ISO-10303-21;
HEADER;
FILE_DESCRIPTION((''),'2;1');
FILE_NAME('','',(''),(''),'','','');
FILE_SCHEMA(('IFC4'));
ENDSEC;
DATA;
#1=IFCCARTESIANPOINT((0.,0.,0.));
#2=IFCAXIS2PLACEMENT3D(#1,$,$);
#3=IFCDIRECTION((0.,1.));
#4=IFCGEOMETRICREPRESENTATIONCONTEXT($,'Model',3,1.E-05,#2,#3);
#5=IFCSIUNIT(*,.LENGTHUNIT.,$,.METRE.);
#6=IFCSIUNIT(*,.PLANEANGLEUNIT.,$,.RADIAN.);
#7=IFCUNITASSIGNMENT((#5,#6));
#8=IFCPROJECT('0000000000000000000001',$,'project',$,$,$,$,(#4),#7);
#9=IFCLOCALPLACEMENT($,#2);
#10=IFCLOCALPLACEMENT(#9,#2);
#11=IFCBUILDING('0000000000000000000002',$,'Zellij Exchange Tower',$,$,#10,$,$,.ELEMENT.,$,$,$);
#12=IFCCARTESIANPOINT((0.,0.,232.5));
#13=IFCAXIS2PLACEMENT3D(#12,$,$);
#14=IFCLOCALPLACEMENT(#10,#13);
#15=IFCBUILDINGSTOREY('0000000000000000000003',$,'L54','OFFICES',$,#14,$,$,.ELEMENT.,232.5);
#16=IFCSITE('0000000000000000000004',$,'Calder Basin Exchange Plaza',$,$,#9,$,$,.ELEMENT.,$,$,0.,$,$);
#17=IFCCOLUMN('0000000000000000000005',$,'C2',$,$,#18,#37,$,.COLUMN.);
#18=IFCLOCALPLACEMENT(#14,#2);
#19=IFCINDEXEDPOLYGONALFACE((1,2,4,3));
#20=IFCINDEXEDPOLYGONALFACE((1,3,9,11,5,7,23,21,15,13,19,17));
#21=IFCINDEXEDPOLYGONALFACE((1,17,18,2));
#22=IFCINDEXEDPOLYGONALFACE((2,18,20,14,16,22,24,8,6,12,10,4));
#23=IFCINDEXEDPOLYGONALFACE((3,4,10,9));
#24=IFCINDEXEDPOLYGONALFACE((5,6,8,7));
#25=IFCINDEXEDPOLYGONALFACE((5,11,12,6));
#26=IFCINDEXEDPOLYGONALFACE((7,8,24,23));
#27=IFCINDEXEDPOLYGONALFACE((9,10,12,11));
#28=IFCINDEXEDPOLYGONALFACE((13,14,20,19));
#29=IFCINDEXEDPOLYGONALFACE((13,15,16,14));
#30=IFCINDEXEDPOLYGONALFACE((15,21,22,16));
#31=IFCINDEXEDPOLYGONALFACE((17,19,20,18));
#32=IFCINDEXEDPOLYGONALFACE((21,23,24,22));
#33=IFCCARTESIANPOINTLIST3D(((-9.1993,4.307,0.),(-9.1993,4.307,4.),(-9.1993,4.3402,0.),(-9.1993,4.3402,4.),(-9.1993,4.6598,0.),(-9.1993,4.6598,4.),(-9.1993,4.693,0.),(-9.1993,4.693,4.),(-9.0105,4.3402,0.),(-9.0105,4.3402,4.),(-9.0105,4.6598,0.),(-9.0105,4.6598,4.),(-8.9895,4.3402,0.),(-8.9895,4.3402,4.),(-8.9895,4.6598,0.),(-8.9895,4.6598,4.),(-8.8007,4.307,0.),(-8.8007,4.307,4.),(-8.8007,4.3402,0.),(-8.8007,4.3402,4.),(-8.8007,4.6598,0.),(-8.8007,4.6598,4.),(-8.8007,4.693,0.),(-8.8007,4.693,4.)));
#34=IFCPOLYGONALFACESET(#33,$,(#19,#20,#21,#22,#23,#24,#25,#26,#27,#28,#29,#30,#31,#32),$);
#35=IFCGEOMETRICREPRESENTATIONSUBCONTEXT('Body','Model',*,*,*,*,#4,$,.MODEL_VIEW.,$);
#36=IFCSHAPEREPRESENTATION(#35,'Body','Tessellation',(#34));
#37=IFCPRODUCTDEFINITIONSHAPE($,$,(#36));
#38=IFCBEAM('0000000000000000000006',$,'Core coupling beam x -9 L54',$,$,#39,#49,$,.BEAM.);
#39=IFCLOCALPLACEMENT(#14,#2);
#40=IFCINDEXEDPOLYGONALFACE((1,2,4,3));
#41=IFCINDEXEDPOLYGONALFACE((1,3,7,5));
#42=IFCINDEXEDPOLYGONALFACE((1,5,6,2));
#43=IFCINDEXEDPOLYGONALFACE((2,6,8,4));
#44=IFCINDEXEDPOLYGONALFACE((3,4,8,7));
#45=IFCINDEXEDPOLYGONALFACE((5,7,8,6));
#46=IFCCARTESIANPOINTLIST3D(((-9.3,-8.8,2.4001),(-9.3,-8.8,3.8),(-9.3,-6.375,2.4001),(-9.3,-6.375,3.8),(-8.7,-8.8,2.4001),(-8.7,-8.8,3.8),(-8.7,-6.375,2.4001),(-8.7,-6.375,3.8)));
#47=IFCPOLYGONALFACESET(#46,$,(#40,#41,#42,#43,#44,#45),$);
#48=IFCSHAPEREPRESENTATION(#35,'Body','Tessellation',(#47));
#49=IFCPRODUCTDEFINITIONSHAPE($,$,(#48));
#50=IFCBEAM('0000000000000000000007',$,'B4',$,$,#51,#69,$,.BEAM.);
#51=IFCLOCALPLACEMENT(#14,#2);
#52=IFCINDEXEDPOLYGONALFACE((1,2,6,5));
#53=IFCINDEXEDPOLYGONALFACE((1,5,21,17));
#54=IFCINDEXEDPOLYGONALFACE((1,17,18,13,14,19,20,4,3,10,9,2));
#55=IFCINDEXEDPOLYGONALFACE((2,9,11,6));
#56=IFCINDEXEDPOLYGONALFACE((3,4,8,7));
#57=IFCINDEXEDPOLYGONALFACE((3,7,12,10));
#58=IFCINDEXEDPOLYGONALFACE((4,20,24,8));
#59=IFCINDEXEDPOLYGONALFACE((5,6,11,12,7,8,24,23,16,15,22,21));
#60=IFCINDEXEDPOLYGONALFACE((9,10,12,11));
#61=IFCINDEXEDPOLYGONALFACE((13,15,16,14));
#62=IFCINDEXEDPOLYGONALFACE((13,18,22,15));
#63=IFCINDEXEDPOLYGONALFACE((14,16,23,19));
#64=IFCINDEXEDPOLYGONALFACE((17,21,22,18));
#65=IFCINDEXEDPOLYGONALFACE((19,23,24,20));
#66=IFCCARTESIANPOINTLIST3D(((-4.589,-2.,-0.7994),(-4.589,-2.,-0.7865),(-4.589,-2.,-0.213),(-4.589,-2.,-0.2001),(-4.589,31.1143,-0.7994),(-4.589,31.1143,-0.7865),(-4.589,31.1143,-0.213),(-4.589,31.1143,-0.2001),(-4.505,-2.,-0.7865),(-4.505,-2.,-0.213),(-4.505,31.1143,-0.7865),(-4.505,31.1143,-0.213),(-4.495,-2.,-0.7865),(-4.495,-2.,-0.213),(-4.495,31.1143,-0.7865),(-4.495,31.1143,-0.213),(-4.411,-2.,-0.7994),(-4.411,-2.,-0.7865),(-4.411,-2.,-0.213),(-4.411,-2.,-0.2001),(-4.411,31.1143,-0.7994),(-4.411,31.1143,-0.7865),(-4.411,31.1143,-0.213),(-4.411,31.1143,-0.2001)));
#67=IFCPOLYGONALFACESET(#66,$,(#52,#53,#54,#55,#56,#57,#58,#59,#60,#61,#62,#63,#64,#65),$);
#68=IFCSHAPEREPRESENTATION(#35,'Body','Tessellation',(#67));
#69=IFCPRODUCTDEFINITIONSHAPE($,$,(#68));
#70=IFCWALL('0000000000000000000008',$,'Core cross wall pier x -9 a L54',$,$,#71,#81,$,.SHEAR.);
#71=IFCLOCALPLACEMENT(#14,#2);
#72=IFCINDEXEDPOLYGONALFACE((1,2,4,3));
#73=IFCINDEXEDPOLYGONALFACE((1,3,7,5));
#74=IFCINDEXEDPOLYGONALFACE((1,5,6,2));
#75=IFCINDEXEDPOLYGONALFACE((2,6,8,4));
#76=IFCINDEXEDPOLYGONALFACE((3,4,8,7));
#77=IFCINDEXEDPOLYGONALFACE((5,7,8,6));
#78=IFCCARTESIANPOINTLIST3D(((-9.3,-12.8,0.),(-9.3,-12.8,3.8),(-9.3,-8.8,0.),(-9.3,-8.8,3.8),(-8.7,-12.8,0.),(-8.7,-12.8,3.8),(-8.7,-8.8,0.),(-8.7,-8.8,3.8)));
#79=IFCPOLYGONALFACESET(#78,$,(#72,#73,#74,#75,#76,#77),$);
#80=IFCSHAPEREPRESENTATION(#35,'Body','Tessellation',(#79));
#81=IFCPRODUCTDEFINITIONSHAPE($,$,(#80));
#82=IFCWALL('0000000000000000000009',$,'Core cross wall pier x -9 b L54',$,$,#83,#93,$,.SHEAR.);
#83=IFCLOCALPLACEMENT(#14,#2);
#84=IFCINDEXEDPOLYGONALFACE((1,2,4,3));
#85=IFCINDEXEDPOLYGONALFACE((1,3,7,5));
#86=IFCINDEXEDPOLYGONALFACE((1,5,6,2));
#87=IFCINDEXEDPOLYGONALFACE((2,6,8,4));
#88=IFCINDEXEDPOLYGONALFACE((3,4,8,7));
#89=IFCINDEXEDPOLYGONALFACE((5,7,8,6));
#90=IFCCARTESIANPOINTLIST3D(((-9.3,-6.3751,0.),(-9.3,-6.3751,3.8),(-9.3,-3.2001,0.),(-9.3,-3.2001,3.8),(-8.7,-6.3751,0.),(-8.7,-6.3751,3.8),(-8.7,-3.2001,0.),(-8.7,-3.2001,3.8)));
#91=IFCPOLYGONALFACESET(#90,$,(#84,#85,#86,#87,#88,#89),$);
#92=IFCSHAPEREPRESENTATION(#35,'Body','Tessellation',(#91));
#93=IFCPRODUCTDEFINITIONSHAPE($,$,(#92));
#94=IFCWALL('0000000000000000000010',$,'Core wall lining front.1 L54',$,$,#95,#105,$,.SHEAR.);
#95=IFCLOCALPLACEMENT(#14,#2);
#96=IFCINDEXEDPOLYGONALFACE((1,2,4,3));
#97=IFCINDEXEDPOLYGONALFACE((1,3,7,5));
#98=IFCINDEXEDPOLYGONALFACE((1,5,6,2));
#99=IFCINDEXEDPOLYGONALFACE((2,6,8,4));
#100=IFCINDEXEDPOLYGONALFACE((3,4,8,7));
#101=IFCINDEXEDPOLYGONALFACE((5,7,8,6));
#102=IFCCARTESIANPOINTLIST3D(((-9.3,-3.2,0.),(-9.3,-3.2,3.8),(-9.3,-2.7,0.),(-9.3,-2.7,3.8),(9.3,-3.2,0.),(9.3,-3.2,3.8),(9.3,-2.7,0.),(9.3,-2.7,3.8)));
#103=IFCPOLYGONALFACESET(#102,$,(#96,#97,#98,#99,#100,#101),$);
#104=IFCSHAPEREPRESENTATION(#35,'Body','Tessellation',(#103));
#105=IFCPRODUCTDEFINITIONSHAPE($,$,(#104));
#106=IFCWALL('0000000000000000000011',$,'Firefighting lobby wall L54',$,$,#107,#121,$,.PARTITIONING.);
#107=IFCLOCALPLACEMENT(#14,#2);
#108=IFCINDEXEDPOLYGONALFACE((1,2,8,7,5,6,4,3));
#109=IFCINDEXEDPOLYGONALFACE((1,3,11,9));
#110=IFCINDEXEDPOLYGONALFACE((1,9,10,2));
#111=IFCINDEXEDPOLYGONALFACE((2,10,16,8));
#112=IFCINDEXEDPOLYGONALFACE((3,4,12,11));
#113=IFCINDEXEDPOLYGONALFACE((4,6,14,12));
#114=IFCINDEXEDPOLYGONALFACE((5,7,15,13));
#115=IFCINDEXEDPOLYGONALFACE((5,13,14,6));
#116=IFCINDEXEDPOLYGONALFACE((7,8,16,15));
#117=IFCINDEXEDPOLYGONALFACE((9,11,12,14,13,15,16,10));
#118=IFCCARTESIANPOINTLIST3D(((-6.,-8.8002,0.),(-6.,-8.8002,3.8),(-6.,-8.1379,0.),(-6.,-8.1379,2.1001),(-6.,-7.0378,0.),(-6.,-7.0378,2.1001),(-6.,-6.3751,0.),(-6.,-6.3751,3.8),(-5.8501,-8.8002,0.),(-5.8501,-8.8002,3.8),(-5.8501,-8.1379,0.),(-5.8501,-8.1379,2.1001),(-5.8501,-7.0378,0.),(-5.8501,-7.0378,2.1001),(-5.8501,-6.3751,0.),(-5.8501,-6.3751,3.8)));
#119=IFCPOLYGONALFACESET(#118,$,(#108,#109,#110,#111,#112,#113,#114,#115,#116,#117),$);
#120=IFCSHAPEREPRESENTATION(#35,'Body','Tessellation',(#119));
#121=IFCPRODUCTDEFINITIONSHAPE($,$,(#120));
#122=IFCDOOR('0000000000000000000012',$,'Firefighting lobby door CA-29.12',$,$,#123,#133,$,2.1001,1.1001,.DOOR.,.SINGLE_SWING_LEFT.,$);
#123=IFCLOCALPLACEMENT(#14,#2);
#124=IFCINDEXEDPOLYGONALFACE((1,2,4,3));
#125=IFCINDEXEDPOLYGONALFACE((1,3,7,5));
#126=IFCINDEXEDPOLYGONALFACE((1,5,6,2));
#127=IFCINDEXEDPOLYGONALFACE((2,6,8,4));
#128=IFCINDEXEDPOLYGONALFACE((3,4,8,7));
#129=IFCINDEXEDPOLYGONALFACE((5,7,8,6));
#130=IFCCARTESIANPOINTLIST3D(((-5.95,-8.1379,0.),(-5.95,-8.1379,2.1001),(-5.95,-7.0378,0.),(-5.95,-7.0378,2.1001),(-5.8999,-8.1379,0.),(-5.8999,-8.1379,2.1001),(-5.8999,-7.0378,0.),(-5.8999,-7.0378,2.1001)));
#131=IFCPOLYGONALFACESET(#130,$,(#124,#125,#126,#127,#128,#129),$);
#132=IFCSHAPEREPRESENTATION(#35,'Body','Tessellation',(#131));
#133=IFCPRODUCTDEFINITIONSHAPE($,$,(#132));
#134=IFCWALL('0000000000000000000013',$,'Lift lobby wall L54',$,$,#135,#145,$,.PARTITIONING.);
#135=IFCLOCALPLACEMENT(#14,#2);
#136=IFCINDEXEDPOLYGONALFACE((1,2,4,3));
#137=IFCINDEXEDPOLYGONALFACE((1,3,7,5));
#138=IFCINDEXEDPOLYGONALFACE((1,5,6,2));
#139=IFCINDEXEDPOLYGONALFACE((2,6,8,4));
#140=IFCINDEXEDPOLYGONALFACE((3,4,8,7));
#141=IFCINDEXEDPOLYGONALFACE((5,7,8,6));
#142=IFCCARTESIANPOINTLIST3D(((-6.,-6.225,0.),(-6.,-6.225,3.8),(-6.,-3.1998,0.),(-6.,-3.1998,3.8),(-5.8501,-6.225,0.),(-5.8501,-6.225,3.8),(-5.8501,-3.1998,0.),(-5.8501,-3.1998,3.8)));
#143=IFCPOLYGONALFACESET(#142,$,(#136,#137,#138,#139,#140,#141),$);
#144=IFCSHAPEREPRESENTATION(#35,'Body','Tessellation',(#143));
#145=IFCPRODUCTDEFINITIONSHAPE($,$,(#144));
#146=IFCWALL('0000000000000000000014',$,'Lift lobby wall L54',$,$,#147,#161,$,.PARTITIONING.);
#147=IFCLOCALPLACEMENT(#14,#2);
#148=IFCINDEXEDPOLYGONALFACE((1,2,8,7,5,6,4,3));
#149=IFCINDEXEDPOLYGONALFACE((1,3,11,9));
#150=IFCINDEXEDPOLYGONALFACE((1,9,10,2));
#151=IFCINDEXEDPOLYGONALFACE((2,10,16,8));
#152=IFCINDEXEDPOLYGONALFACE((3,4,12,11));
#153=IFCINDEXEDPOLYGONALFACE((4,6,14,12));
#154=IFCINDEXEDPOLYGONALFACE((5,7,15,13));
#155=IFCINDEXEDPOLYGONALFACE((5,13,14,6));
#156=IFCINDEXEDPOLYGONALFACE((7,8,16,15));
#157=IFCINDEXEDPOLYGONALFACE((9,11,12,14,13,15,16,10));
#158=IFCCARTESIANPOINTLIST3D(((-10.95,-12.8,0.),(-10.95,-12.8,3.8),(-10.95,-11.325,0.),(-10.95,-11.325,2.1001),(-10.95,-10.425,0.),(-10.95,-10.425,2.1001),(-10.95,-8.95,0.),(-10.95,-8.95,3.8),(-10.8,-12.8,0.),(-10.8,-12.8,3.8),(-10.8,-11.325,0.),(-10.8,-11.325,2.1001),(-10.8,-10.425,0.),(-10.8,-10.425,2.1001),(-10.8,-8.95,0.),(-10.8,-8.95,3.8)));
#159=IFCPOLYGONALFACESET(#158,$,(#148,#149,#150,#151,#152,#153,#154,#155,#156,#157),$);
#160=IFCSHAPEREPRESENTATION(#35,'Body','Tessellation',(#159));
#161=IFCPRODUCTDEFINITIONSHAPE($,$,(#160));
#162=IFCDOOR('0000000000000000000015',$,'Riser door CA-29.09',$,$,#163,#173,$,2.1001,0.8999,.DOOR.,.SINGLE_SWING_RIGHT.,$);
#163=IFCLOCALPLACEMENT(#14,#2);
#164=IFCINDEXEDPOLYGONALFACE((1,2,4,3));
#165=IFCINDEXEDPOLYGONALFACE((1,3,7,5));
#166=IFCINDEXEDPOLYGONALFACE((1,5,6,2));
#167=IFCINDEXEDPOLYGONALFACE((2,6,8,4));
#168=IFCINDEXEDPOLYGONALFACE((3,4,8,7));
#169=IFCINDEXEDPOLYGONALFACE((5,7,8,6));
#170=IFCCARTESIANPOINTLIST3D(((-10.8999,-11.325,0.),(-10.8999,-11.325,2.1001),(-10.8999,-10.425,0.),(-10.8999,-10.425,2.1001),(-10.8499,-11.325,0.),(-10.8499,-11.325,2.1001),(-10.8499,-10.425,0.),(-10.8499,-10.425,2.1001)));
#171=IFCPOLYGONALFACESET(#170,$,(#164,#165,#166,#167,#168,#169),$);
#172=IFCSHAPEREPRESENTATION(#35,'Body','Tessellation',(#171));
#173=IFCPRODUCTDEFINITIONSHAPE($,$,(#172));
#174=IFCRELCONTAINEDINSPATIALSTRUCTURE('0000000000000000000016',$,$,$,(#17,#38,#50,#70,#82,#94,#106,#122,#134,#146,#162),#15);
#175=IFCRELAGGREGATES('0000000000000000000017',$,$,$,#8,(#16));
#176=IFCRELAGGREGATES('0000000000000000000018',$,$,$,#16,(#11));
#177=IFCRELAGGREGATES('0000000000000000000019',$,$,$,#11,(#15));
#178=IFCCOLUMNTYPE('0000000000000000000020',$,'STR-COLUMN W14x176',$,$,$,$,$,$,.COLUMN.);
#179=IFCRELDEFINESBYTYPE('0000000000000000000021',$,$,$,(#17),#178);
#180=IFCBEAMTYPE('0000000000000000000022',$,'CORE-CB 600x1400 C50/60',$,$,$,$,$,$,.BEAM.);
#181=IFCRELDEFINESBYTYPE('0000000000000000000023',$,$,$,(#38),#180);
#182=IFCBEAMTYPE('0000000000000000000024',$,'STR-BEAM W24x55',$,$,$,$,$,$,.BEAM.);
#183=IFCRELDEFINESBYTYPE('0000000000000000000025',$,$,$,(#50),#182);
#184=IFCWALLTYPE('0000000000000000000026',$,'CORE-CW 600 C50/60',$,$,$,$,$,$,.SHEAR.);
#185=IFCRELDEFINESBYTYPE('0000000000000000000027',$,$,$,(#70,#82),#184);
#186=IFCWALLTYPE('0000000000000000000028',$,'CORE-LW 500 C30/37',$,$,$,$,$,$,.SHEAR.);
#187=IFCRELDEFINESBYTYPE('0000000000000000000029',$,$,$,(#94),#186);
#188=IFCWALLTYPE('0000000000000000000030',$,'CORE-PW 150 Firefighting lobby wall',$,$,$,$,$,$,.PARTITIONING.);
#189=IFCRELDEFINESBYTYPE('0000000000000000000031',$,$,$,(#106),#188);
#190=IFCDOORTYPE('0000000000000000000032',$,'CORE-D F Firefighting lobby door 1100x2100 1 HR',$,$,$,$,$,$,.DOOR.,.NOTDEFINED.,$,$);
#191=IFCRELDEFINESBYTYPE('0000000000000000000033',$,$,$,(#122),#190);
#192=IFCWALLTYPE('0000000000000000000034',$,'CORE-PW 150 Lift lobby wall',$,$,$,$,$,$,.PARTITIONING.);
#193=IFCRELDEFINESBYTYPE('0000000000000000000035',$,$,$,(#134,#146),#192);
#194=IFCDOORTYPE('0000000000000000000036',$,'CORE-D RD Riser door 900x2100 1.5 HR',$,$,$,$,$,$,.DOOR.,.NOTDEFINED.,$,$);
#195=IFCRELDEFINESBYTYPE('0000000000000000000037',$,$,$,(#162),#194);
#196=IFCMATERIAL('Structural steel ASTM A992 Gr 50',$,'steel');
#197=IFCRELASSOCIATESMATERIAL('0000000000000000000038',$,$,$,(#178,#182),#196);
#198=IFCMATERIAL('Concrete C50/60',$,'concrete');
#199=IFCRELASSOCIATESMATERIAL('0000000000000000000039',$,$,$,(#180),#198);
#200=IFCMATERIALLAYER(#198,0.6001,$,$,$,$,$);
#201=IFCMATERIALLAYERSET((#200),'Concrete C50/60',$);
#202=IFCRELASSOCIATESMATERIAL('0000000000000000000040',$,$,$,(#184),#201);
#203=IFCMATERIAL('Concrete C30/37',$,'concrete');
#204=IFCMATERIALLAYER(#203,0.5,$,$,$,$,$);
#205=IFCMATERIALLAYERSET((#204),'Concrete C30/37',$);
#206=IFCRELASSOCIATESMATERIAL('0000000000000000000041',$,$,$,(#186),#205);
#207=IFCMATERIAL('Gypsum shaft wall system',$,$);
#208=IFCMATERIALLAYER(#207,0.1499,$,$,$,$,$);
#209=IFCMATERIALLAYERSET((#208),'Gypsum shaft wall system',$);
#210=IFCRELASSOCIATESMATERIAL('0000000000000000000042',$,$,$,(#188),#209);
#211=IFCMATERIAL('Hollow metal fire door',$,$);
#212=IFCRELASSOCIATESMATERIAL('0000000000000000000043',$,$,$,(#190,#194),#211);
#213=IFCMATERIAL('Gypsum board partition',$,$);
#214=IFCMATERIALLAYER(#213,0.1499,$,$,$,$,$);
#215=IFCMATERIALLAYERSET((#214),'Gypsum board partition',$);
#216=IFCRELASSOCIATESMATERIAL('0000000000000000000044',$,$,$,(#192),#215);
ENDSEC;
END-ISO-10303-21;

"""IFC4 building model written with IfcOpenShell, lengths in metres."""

from ifc_helpers import new_model, si_unit, direction, frame, frame_2d, origin, origin_2d, place, context, subcontext, project, spatial, rectangle, i_section, extrude, material, layer, layer_set, material_profile, profile_set, type_object, element, fill, save


model = new_model("IFC4")

# Units and contexts
model_context = context("Model", 3, precision=1e-05, world=origin(), true_north=direction((0.0, 1.0)))
body_context = subcontext(model_context, "Body", "Model", "MODEL_VIEW")
ifc_project = project(units=[si_unit("LENGTHUNIT", "METRE"), si_unit("PLANEANGLEUNIT", "RADIAN")], contexts=[model_context])

# Site, building, storey
site_placement = place(None, origin())
site = spatial("IfcSite", under=ifc_project, at=site_placement, Name="Calder Basin Exchange Plaza", CompositionType="ELEMENT", RefElevation=0.0)
building_placement = place(site_placement, origin())
building = spatial("IfcBuilding", under=site, at=building_placement, Name="Zellij Exchange Tower", CompositionType="ELEMENT")
storey_placement = place(building_placement, frame((0.0, 0.0, 232.5)))
storey = spatial("IfcBuildingStorey", under=building, at=storey_placement, Name="L54", Description="OFFICES", CompositionType="ELEMENT", Elevation=232.5)

# Column
ifc_material_1 = material(Name="Structural steel ASTM A992 Gr 50", Category="steel")
ifc_material_profile_1 = material_profile(ifc_material_1, i_section(OverallWidth=0.3987, OverallDepth=0.386, WebThickness=0.021, FlangeThickness=0.0332, at=origin_2d()), Name="W14x176")
ifc_profile_set_1 = profile_set([ifc_material_profile_1], Name="Structural steel ASTM A992 Gr 50")
column_type = type_object("IfcColumnType", Name="STR-COLUMN W14x176", PredefinedType="COLUMN", material=ifc_profile_set_1)
column_placement = place(storey_placement, frame((-9.0, 4.5, 0.0), z_axis=(0.0, 0.0, 1.0), x_axis=(1.0, 0.0, 0.0)))
element("IfcColumn", 1, at=column_placement, inside=storey, type_object=column_type, Name="C2", PredefinedType="COLUMN", context=body_context, shape_type="SweptSolid", body=[
    extrude(i_section(OverallWidth=0.3987, OverallDepth=0.386, WebThickness=0.021, FlangeThickness=0.0332, at=origin_2d()), origin(), (0.0, 0.0, 1.0), 4.0),
])

# Beams
ifc_material_2 = material(Name="Concrete C50/60", Category="concrete")
ifc_material_profile_2 = material_profile(ifc_material_2, rectangle(XDim=0.6001, YDim=1.3999, at=origin_2d()), Name="CORE-CB 600x1400 C50/60")
ifc_profile_set_2 = profile_set([ifc_material_profile_2], Name="Concrete C50/60")
beam_type_1 = type_object("IfcBeamType", Name="CORE-CB 600x1400 C50/60", PredefinedType="BEAM", material=ifc_profile_set_2)
beam_1_placement = place(storey_placement, frame((-9.0, -8.8, 3.1001), z_axis=(0.0, 1.0, 0.0), x_axis=(-1.0, 0.0, 0.0)))
element("IfcBeam", 2, at=beam_1_placement, inside=storey, type_object=beam_type_1, Name="Core coupling beam x -9 L54", PredefinedType="BEAM", context=body_context, shape_type="SweptSolid", body=[
    extrude(rectangle(XDim=0.6001, YDim=1.3999, at=origin_2d()), origin(), (0.0, 0.0, 1.0), 2.425),
])
ifc_material_profile_3 = material_profile(ifc_material_1, i_section(OverallWidth=0.178, OverallDepth=0.5994, WebThickness=0.01, FlangeThickness=0.0129, at=origin_2d()), Name="W24x55")
ifc_profile_set_3 = profile_set([ifc_material_profile_3], Name="Structural steel ASTM A992 Gr 50")
beam_type_2 = type_object("IfcBeamType", Name="STR-BEAM W24x55", PredefinedType="BEAM", material=ifc_profile_set_3)
beam_2_placement = place(storey_placement, frame((-4.5, -2.0, -0.4998), z_axis=(0.0, 1.0, 0.0), x_axis=(-1.0, 0.0, 0.0)))
element("IfcBeam", 3, at=beam_2_placement, inside=storey, type_object=beam_type_2, Name="B4", PredefinedType="BEAM", context=body_context, shape_type="SweptSolid", body=[
    extrude(i_section(OverallWidth=0.178, OverallDepth=0.5994, WebThickness=0.01, FlangeThickness=0.0129, at=origin_2d()), origin(), (0.0, 0.0, 1.0), 33.1143),
])

# Walls
ifc_layer_1 = layer(ifc_material_2, 0.6001)
ifc_layer_set_1 = layer_set([ifc_layer_1], Name="Concrete C50/60")
wall_type_1 = type_object("IfcWallType", Name="CORE-CW 600 C50/60", PredefinedType="SHEAR", material=ifc_layer_set_1)
wall_1_placement = place(storey_placement, frame((-9.0, -12.8, 0.0), z_axis=(0.0, 0.0, 1.0), x_axis=(0.0, 1.0, 0.0)))
element("IfcWall", 4, at=wall_1_placement, inside=storey, type_object=wall_type_1, Name="Core cross wall pier x -9 a L54", PredefinedType="SHEAR", context=body_context, shape_type="SweptSolid", body=[
    extrude(rectangle(XDim=4.0, YDim=0.6001, at=frame_2d((2.0, 0.0))), origin(), (0.0, 0.0, 1.0), 3.8),
])
wall_2_placement = place(storey_placement, frame((-9.0, -6.375, 0.0), z_axis=(0.0, 0.0, 1.0), x_axis=(0.0, 1.0, 0.0)))
element("IfcWall", 5, at=wall_2_placement, inside=storey, type_object=wall_type_1, Name="Core cross wall pier x -9 b L54", PredefinedType="SHEAR", context=body_context, shape_type="SweptSolid", body=[
    extrude(rectangle(XDim=3.175, YDim=0.6001, at=frame_2d((1.5874, 0.0))), origin(), (0.0, 0.0, 1.0), 3.8),
])
ifc_material_3 = material(Name="Concrete C30/37", Category="concrete")
ifc_layer_2 = layer(ifc_material_3, 0.5)
ifc_layer_set_2 = layer_set([ifc_layer_2], Name="Concrete C30/37")
wall_type_2 = type_object("IfcWallType", Name="CORE-LW 500 C30/37", PredefinedType="SHEAR", material=ifc_layer_set_2)
wall_3_placement = place(storey_placement, frame((-9.3, -2.95, 0.0), z_axis=(0.0, 0.0, 1.0), x_axis=(1.0, 0.0, 0.0)))
element("IfcWall", 6, at=wall_3_placement, inside=storey, type_object=wall_type_2, Name="Core wall lining front.1 L54", PredefinedType="SHEAR", context=body_context, shape_type="SweptSolid", body=[
    extrude(rectangle(XDim=18.6001, YDim=0.5, at=frame_2d((9.3, 0.0))), origin(), (0.0, 0.0, 1.0), 3.8),
])

# Wall, opening, door
ifc_material_4 = material(Name="Gypsum shaft wall system")
ifc_layer_3 = layer(ifc_material_4, 0.1499)
ifc_layer_set_3 = layer_set([ifc_layer_3], Name="Gypsum shaft wall system")
wall_type_3 = type_object("IfcWallType", Name="CORE-PW 150 Firefighting lobby wall", PredefinedType="PARTITIONING", material=ifc_layer_set_3)
wall_4_placement = place(storey_placement, frame((-5.925, -8.8, 0.0), z_axis=(0.0, 0.0, 1.0), x_axis=(0.0, 1.0, 0.0)))
wall_4 = element("IfcWall", 7, at=wall_4_placement, inside=storey, type_object=wall_type_3, Name="Firefighting lobby wall L54", PredefinedType="PARTITIONING", context=body_context, shape_type="SweptSolid", body=[
    extrude(rectangle(XDim=2.425, YDim=0.1499, at=frame_2d((1.2124, 0.0))), origin(), (0.0, 0.0, 1.0), 3.8),
])
opening_1_placement = place(wall_4_placement, frame((0.6621, 0.0, 0.0)))
opening_1 = element("IfcOpeningElement", 8, at=opening_1_placement, cuts=wall_4, PredefinedType="OPENING", context=body_context, shape_type="SweptSolid", body=[
    extrude(rectangle(XDim=1.1001, YDim=2.1001, at=frame_2d((0.55, 1.05))), frame((0.0, 0.0869, 0.0), z_axis=(0.0, -1.0, 0.0), x_axis=(1.0, 0.0, 0.0)), (0.0, 0.0, 1.0), 0.1738),
])
ifc_material_5 = material(Name="Hollow metal fire door")
door_type_1 = type_object("IfcDoorType", Name="CORE-D F Firefighting lobby door 1100x2100 1 HR", OperationType="NOTDEFINED", PredefinedType="DOOR", material=ifc_material_5)
door_1_placement = place(opening_1_placement, origin())
door_1 = element("IfcDoor", 9, at=door_1_placement, inside=storey, type_object=door_type_1, Name="Firefighting lobby door CA-29.12", OperationType="SINGLE_SWING_LEFT", OverallHeight=2.1001, OverallWidth=1.1001, PredefinedType="DOOR", context=body_context, shape_type="SweptSolid", body=[
    extrude(rectangle(XDim=1.1001, YDim=2.1001, at=frame_2d((0.55, 1.05))), frame((0.0, 0.0249, 0.0), z_axis=(0.0, -1.0, 0.0), x_axis=(1.0, 0.0, 0.0)), (0.0, 0.0, 1.0), 0.05),
])
fill(opening_1, door_1)

# Wall
ifc_material_6 = material(Name="Gypsum board partition")
ifc_layer_4 = layer(ifc_material_6, 0.1499)
ifc_layer_set_4 = layer_set([ifc_layer_4], Name="Gypsum board partition")
wall_type_4 = type_object("IfcWallType", Name="CORE-PW 150 Lift lobby wall", PredefinedType="PARTITIONING", material=ifc_layer_set_4)
wall_5_placement = place(storey_placement, frame((-5.925, -6.2251, 0.0), z_axis=(0.0, 0.0, 1.0), x_axis=(0.0, 1.0, 0.0)))
element("IfcWall", 10, at=wall_5_placement, inside=storey, type_object=wall_type_4, Name="Lift lobby wall L54", PredefinedType="PARTITIONING", context=body_context, shape_type="SweptSolid", body=[
    extrude(rectangle(XDim=3.0251, YDim=0.1499, at=frame_2d((1.5127, 0.0))), origin(), (0.0, 0.0, 1.0), 3.8),
])

# Wall, opening, door
wall_6_placement = place(storey_placement, frame((-10.875, -12.8, 0.0), z_axis=(0.0, 0.0, 1.0), x_axis=(0.0, 1.0, 0.0)))
wall_6 = element("IfcWall", 11, at=wall_6_placement, inside=storey, type_object=wall_type_4, Name="Lift lobby wall L54", PredefinedType="PARTITIONING", context=body_context, shape_type="SweptSolid", body=[
    extrude(rectangle(XDim=3.8501, YDim=0.1499, at=frame_2d((1.925, 0.0))), origin(), (0.0, 0.0, 1.0), 3.8),
])
opening_2_placement = place(wall_6_placement, frame((1.4751, 0.0, 0.0)))
opening_2 = element("IfcOpeningElement", 12, at=opening_2_placement, cuts=wall_6, PredefinedType="OPENING", context=body_context, shape_type="SweptSolid", body=[
    extrude(rectangle(XDim=0.8999, YDim=2.1001, at=frame_2d((0.45, 1.05))), frame((0.0, 0.0869, 0.0), z_axis=(0.0, -1.0, 0.0), x_axis=(1.0, 0.0, 0.0)), (0.0, 0.0, 1.0), 0.1738),
])
door_type_2 = type_object("IfcDoorType", Name="CORE-D RD Riser door 900x2100 1.5 HR", OperationType="NOTDEFINED", PredefinedType="DOOR", material=ifc_material_5)
door_2_placement = place(opening_2_placement, origin())
door_2 = element("IfcDoor", 13, at=door_2_placement, inside=storey, type_object=door_type_2, Name="Riser door CA-29.09", OperationType="SINGLE_SWING_RIGHT", OverallHeight=2.1001, OverallWidth=0.8999, PredefinedType="DOOR", context=body_context, shape_type="SweptSolid", body=[
    extrude(rectangle(XDim=0.8999, YDim=2.1001, at=frame_2d((0.45, 1.05))), frame((0.0, 0.0249, 0.0), z_axis=(0.0, -1.0, 0.0), x_axis=(1.0, 0.0, 0.0)), (0.0, 0.0, 1.0), 0.05),
])
fill(opening_2, door_2)

save(model, "model.ifc")
